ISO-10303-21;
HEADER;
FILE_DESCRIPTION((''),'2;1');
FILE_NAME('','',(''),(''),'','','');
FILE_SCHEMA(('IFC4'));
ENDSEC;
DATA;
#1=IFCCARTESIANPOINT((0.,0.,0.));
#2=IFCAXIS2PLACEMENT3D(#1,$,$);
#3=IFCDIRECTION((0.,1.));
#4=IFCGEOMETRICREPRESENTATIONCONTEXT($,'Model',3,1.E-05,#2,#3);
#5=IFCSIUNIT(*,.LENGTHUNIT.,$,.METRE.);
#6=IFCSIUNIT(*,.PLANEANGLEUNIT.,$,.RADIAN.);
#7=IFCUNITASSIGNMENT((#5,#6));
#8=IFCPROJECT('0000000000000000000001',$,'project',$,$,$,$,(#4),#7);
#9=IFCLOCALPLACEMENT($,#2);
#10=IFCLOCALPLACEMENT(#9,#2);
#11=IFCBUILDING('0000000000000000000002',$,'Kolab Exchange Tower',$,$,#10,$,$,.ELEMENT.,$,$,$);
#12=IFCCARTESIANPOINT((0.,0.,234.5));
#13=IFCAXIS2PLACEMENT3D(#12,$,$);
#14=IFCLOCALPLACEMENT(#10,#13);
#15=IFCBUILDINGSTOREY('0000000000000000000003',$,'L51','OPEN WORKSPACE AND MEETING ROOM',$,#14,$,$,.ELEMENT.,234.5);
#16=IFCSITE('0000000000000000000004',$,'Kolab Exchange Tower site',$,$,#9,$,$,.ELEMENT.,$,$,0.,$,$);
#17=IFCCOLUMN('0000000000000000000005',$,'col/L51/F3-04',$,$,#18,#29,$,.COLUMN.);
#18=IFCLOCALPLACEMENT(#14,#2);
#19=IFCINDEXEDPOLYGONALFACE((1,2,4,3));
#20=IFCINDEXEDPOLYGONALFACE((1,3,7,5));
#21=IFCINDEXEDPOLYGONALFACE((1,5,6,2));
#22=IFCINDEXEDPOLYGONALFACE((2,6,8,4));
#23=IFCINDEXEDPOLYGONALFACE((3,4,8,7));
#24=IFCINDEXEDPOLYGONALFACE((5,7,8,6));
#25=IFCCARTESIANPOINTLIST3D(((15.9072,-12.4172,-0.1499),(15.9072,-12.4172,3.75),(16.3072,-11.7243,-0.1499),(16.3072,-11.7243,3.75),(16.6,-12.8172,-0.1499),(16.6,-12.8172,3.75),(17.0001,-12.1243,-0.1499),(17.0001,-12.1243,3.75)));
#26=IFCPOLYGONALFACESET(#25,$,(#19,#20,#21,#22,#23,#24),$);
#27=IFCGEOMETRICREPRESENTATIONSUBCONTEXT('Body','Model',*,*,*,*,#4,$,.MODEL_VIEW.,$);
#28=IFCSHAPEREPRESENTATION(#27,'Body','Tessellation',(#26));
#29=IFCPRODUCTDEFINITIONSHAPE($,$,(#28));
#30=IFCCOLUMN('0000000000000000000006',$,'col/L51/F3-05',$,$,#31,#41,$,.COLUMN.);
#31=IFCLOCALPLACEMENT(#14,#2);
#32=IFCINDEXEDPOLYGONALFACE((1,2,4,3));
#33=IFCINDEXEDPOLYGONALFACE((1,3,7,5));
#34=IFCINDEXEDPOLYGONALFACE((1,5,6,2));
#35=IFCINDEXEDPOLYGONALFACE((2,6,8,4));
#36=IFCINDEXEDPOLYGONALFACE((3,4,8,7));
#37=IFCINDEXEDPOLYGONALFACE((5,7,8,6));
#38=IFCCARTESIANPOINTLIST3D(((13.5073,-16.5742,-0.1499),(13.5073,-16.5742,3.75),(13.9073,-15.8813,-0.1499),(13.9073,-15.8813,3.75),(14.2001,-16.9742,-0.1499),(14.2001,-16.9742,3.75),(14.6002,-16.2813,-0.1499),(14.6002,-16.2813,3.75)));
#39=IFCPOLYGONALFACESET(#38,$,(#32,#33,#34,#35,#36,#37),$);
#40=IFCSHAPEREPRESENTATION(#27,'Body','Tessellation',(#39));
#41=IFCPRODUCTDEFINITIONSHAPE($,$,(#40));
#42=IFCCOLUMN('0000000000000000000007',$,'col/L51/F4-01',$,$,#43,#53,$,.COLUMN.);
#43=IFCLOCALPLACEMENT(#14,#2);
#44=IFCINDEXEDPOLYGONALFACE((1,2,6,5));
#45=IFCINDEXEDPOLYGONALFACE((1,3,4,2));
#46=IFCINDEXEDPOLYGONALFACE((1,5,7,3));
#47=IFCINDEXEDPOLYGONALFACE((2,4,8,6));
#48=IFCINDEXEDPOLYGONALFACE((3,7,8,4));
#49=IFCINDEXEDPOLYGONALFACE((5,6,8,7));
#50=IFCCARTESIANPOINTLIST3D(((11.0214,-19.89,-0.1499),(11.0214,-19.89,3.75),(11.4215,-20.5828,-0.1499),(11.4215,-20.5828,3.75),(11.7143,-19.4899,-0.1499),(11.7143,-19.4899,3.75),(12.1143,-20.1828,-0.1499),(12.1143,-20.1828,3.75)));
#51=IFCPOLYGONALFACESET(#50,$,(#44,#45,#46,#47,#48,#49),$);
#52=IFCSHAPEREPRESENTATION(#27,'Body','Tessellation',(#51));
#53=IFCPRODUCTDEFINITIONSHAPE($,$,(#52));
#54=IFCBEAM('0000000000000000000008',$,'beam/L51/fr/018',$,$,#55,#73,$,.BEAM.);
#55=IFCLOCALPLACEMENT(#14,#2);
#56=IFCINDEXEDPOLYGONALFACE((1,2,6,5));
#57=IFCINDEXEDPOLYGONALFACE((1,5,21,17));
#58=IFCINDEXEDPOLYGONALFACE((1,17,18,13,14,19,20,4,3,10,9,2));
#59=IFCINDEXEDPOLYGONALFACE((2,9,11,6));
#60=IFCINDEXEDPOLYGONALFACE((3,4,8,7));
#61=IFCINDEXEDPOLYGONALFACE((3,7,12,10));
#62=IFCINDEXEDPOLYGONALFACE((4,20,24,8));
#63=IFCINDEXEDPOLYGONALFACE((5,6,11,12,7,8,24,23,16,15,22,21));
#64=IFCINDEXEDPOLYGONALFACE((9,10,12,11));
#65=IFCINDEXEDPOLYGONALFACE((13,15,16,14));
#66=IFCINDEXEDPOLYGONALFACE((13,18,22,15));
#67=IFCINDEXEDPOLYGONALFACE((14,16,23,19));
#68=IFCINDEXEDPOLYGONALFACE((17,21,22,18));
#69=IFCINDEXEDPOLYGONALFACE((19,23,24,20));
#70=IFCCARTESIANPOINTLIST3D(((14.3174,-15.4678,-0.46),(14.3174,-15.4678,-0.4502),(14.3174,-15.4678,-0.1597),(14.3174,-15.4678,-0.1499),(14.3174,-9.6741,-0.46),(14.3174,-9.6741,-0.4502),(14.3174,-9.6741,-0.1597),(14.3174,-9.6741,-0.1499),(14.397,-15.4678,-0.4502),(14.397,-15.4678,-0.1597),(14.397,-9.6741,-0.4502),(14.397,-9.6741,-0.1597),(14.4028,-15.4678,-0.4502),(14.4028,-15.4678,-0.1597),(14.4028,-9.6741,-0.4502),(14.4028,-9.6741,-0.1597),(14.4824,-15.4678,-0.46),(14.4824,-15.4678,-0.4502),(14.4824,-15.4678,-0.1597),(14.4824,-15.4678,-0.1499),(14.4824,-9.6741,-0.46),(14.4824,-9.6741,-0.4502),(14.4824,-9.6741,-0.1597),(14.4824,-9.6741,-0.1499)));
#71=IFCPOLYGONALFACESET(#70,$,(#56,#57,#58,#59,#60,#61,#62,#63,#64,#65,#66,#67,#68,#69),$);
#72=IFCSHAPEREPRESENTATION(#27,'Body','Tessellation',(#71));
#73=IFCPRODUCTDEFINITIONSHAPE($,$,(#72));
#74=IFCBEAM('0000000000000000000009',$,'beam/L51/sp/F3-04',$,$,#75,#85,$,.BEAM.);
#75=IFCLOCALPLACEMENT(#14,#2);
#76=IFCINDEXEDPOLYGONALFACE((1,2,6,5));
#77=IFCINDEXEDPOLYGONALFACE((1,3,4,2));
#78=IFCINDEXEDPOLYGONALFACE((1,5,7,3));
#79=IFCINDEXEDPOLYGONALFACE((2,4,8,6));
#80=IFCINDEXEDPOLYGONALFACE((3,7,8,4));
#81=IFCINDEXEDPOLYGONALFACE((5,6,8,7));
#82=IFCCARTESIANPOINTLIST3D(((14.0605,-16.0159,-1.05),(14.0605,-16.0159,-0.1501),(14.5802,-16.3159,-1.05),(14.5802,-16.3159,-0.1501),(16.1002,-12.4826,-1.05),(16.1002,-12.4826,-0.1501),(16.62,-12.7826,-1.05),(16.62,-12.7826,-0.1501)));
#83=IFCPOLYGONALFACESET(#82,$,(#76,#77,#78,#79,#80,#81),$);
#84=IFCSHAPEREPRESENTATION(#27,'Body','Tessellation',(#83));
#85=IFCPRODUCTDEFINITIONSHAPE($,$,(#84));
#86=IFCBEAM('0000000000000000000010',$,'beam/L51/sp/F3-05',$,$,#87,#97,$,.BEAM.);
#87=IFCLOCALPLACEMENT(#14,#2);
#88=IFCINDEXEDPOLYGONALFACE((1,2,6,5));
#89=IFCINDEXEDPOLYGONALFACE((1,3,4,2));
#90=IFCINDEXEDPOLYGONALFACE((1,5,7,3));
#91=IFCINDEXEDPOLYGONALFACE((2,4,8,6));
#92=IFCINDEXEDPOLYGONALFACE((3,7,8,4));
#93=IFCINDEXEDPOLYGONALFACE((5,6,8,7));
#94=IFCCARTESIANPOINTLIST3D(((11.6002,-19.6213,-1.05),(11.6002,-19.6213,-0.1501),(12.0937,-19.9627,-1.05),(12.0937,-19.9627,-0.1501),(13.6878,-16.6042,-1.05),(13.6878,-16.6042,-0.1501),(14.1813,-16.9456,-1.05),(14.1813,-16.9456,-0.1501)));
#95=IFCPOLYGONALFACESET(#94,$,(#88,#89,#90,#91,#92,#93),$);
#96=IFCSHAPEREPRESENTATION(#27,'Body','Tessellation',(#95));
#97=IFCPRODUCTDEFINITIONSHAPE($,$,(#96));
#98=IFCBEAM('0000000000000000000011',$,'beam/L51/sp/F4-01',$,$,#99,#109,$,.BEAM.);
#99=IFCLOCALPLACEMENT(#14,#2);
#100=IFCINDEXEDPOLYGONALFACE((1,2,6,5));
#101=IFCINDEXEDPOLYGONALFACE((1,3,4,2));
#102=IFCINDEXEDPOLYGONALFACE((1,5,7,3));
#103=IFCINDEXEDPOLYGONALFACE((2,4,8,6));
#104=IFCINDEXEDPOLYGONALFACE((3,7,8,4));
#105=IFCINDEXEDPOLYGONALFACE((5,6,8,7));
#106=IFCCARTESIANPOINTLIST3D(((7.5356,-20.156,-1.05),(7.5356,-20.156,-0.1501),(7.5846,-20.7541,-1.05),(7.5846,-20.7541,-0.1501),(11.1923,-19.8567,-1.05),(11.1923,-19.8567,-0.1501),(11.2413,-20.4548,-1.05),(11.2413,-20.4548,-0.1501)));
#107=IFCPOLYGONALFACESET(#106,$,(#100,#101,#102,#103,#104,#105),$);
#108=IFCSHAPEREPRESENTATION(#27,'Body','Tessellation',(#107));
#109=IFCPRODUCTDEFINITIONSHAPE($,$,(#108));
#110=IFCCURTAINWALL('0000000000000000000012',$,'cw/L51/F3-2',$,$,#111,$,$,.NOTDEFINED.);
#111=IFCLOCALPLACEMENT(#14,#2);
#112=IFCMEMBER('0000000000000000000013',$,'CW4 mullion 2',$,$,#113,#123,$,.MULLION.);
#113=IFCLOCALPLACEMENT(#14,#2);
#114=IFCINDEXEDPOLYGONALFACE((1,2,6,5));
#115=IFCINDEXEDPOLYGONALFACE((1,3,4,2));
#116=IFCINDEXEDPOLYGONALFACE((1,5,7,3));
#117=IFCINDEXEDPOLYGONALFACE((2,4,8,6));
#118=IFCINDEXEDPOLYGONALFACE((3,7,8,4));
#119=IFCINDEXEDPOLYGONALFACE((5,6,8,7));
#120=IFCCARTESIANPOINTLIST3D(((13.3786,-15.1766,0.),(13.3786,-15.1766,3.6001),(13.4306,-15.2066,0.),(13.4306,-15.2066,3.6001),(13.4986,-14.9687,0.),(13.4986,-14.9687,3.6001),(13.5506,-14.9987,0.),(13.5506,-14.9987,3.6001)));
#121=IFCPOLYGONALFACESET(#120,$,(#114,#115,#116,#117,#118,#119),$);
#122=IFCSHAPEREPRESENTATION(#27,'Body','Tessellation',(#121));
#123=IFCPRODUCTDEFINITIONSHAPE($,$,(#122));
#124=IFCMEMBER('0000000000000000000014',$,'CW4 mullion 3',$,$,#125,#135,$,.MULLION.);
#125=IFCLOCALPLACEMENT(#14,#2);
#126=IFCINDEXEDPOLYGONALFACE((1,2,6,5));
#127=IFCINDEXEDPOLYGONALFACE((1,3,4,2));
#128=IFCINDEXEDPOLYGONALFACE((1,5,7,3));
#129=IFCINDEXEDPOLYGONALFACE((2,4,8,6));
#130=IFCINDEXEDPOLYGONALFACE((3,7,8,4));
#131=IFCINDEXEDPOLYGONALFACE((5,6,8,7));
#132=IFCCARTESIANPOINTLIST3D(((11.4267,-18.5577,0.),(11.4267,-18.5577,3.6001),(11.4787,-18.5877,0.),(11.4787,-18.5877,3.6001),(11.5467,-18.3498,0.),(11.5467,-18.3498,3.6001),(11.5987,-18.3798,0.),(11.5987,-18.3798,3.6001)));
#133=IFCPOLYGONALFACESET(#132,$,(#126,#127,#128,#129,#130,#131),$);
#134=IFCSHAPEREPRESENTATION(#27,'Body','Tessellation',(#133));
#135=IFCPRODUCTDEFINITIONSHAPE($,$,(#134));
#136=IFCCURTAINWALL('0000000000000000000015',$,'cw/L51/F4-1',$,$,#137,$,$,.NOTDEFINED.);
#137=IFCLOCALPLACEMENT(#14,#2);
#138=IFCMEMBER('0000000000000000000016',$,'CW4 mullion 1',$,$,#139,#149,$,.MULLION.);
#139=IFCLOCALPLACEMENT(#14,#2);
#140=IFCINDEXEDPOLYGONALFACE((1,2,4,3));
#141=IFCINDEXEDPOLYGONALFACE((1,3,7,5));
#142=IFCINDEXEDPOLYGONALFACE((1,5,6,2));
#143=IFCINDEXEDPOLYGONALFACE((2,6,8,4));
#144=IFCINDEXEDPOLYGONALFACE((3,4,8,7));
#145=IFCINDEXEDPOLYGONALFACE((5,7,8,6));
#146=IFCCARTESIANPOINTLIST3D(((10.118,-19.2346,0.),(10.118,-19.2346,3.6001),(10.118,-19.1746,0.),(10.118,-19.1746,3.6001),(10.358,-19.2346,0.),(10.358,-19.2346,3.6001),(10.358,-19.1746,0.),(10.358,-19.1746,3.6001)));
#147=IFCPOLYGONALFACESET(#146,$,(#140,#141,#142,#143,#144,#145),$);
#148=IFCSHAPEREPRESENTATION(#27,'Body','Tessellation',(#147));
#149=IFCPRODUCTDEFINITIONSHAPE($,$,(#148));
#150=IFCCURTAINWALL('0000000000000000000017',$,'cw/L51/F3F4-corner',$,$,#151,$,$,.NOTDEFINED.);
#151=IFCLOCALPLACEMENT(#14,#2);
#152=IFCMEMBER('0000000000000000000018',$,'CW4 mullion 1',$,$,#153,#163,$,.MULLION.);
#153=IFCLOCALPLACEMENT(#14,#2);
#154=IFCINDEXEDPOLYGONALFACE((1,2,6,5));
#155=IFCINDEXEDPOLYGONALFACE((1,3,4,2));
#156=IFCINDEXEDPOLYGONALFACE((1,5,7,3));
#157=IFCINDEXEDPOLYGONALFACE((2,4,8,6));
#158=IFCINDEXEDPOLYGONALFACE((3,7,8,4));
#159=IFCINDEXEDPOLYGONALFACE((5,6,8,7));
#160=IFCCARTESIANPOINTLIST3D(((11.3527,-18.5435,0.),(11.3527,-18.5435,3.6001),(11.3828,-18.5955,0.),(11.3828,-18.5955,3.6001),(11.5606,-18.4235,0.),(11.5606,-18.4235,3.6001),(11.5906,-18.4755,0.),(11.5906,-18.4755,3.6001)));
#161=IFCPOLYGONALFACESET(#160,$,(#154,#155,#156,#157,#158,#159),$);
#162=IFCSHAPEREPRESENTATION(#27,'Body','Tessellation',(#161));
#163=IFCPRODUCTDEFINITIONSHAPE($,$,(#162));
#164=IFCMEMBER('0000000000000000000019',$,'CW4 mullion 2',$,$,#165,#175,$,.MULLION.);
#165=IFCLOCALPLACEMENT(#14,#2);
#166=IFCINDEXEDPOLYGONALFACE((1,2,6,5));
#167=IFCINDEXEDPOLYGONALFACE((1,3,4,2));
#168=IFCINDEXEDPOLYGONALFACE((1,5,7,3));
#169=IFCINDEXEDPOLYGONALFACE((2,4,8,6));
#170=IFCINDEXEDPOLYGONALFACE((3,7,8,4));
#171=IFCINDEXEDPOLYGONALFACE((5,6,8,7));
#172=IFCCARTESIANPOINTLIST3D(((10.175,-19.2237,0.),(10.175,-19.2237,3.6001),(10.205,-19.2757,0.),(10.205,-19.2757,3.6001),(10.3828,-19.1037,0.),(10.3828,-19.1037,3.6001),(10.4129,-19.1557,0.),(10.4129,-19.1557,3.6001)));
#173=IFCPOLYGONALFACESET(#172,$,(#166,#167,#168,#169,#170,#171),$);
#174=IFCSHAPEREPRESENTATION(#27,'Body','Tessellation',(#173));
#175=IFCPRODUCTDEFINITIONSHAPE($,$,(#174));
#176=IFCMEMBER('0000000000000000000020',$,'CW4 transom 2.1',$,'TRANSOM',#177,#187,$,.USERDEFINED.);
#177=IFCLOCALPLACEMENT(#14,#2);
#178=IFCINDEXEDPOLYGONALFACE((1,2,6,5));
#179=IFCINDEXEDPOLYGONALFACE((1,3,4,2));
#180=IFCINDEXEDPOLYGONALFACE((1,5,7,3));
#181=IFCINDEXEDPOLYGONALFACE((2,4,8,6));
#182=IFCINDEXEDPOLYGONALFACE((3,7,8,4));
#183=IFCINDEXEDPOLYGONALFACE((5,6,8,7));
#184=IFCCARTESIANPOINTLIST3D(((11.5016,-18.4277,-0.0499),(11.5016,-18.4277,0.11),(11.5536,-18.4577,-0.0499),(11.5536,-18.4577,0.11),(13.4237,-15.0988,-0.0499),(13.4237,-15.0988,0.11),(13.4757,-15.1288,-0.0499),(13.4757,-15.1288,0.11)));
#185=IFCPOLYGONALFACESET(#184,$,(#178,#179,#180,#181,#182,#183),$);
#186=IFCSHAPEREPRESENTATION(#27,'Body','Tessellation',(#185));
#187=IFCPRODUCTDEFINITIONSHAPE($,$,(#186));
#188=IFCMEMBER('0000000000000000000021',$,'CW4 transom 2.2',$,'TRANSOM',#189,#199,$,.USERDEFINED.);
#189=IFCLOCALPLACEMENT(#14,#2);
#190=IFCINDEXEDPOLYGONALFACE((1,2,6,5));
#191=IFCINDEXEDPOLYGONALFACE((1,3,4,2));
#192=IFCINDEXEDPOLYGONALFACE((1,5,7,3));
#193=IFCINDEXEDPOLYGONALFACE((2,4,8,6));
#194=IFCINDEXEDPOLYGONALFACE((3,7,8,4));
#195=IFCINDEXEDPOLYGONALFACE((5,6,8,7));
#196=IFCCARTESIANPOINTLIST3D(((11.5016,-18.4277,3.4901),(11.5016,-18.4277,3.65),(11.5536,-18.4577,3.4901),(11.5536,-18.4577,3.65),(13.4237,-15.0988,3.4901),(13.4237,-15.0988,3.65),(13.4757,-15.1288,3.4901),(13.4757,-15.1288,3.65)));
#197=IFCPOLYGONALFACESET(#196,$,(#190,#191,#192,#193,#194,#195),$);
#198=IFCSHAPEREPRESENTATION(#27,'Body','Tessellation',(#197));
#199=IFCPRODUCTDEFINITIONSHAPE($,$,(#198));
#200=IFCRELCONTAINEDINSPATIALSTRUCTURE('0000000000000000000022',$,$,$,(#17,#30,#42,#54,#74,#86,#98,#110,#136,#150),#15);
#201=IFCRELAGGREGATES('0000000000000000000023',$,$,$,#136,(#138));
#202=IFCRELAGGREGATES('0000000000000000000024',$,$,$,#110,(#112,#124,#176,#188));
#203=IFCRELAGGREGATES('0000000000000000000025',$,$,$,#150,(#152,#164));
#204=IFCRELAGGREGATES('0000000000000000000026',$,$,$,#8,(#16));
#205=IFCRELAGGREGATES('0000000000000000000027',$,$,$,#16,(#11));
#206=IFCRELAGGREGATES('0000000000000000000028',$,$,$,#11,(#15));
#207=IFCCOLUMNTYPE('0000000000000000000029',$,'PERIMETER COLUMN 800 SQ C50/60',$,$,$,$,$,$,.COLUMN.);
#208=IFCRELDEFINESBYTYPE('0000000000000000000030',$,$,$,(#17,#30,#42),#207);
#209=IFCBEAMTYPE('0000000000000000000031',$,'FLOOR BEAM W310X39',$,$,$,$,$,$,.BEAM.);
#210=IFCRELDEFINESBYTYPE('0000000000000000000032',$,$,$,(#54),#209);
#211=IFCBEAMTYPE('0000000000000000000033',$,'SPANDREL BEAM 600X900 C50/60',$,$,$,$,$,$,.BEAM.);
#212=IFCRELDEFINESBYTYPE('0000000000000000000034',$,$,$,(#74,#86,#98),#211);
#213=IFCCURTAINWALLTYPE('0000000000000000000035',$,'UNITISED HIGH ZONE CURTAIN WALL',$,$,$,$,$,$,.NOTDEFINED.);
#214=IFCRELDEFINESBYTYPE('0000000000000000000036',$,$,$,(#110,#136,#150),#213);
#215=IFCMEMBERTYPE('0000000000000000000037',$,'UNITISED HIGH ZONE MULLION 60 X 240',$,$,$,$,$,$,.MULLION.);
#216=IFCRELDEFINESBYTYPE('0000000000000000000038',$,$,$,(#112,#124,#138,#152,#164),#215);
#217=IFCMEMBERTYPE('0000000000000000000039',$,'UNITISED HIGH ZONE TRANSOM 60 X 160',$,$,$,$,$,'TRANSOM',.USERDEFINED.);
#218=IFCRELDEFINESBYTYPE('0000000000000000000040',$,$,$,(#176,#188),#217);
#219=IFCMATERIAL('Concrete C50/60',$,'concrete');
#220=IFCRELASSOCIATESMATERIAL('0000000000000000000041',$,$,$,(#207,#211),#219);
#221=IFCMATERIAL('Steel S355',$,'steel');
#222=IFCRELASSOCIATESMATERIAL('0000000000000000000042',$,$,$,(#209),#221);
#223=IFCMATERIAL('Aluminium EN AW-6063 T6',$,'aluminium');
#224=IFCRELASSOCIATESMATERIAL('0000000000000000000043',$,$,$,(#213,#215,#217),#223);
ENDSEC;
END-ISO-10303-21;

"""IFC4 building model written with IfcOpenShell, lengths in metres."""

from ifc_helpers import new_model, si_unit, direction, frame, origin, origin_2d, place, context, subcontext, project, spatial, rectangle, i_section, extrude, material, material_profile, profile_set, type_object, element, aggregate, save


model = new_model("IFC4")

# Units and contexts
model_context = context("Model", 3, precision=1e-05, world=origin(), true_north=direction((0.0, 1.0)))
body_context = subcontext(model_context, "Body", "Model", "MODEL_VIEW")
ifc_project = project(units=[si_unit("LENGTHUNIT", "METRE"), si_unit("PLANEANGLEUNIT", "RADIAN")], contexts=[model_context])

# Site, building, storey
site_placement = place(None, origin())
site = spatial("IfcSite", under=ifc_project, at=site_placement, Name="Kolab Exchange Tower site", CompositionType="ELEMENT", RefElevation=0.0)
building_placement = place(site_placement, origin())
building = spatial("IfcBuilding", under=site, at=building_placement, Name="Kolab Exchange Tower", CompositionType="ELEMENT")
storey_placement = place(building_placement, frame((0.0, 0.0, 234.5)))
storey = spatial("IfcBuildingStorey", under=building, at=storey_placement, Name="L51", Description="OPEN WORKSPACE AND MEETING ROOM", CompositionType="ELEMENT", Elevation=234.5)

# Columns
ifc_material_1 = material(Name="Concrete C50/60", Category="concrete")
ifc_material_profile_1 = material_profile(ifc_material_1, rectangle(XDim=0.8, YDim=0.8, at=origin_2d()), Name="RC800")
ifc_profile_set_1 = profile_set([ifc_material_profile_1], Name="Concrete C50/60")
column_type = type_object("IfcColumnType", Name="PERIMETER COLUMN 800 SQ C50/60", PredefinedType="COLUMN", material=ifc_profile_set_1)
for number, where, z_axis, x_axis, name in (
    (1, (16.4536, -12.2708, -0.1499), (0.0, 0.0, 1.0), (0.5, 0.866025, 0.0), "col/L51/F3-04"),
    (2, (14.0537, -16.4277, -0.1499), (0.0, 0.0, 1.0), (0.5, 0.866025, 0.0), "col/L51/F3-05"),
    (3, (11.5679, -20.0364, -0.1499), (0.0, 0.0, 1.0), (0.866025, 0.5, 0.0), "col/L51/F4-01"),
):
    element("IfcColumn", number, at=place(storey_placement, frame(where, z_axis=z_axis, x_axis=x_axis)), inside=storey, type_object=column_type, Name=name, PredefinedType="COLUMN", context=body_context, shape_type="SweptSolid", body=[
        extrude(rectangle(XDim=0.8, YDim=0.8, at=origin_2d()), origin(), (0.0, 0.0, 1.0), 3.8999),
    ])

# Beams
ifc_material_2 = material(Name="Steel S355", Category="steel")
ifc_material_profile_2 = material_profile(ifc_material_2, i_section(OverallWidth=0.165, OverallDepth=0.3101, WebThickness=0.0059, FlangeThickness=0.0098, at=origin_2d()), Name="W310X39")
ifc_profile_set_2 = profile_set([ifc_material_profile_2], Name="Steel S355")
beam_type_1 = type_object("IfcBeamType", Name="FLOOR BEAM W310X39", PredefinedType="BEAM", material=ifc_profile_set_2)
beam_1_placement = place(storey_placement, frame((14.3999, -15.4678, -0.3049), z_axis=(0.0, 1.0, 0.0), x_axis=(-1.0, 0.0, 0.0)))
element("IfcBeam", 4, at=beam_1_placement, inside=storey, type_object=beam_type_1, Name="beam/L51/fr/018", PredefinedType="BEAM", context=body_context, shape_type="SweptSolid", body=[
    extrude(i_section(OverallWidth=0.165, OverallDepth=0.3101, WebThickness=0.0059, FlangeThickness=0.0098, at=origin_2d()), origin(), (0.0, 0.0, 1.0), 5.7937),
])
ifc_material_profile_3 = material_profile(ifc_material_1, rectangle(XDim=0.6001, YDim=0.8999, at=origin_2d()), Name="RC600X900")
ifc_profile_set_3 = profile_set([ifc_material_profile_3], Name="Concrete C50/60")
beam_type_2 = type_object("IfcBeamType", Name="SPANDREL BEAM 600X900 C50/60", PredefinedType="BEAM", material=ifc_profile_set_3)
beam_2_placement = place(storey_placement, frame((16.3601, -12.6326, -0.6001), z_axis=(-0.499956, -0.866051, 0.0), x_axis=(0.866051, -0.499956, 0.0)))
element("IfcBeam", 5, at=beam_2_placement, inside=storey, type_object=beam_type_2, Name="beam/L51/sp/F3-04", PredefinedType="BEAM", context=body_context, shape_type="SweptSolid", body=[
    extrude(rectangle(XDim=0.6001, YDim=0.8999, at=origin_2d()), origin(), (0.0, 0.0, 1.0), 4.0798),
])
for number, where, z_axis, x_axis, name in (
    (6, (13.9346, -16.7749, -0.6001), (-0.569006, -0.822334, 0.0), (0.822334, -0.569006, 0.0), "beam/L51/sp/F3-05"),
    (7, (11.2168, -20.1558, -0.6001), (-0.996667, -0.081581, 0.0), (0.081581, -0.996667, 0.0), "beam/L51/sp/F4-01"),
):
    element("IfcBeam", number, at=place(storey_placement, frame(where, z_axis=z_axis, x_axis=x_axis)), inside=storey, type_object=beam_type_2, Name=name, PredefinedType="BEAM", context=body_context, shape_type="SweptSolid", body=[
        extrude(rectangle(XDim=0.6001, YDim=0.8999, at=origin_2d()), origin(), (0.0, 0.0, 1.0), 3.6689),
    ])

# Curtain wall, members
ifc_material_3 = material(Name="Aluminium EN AW-6063 T6", Category="aluminium")
curtain_wall_type = type_object("IfcCurtainWallType", Name="UNITISED HIGH ZONE CURTAIN WALL", PredefinedType="NOTDEFINED", material=ifc_material_3)
curtain_wall_1_placement = place(storey_placement, origin())
curtain_wall_1 = element("IfcCurtainWall", 8, at=curtain_wall_1_placement, inside=storey, type_object=curtain_wall_type, Name="cw/L51/F3-2", PredefinedType="NOTDEFINED")
ifc_material_profile_4 = material_profile(ifc_material_3, rectangle(XDim=0.0601, YDim=0.24, at=origin_2d()), Name="RECT 60X240")
ifc_profile_set_4 = profile_set([ifc_material_profile_4], Name="Aluminium EN AW-6063 T6")
member_type_1 = type_object("IfcMemberType", Name="UNITISED HIGH ZONE MULLION 60 X 240", PredefinedType="MULLION", material=ifc_profile_set_4)
member_1_placement = place(storey_placement, frame((13.4646, -15.0876, 0.0), z_axis=(0.0, 0.0, 1.0), x_axis=(0.866025, -0.5, 0.0)))
member_1 = element("IfcMember", 9, at=member_1_placement, type_object=member_type_1, Name="CW4 mullion 2", PredefinedType="MULLION", context=body_context, shape_type="SweptSolid", body=[
    extrude(rectangle(XDim=0.0601, YDim=0.24, at=origin_2d()), origin(), (0.0, 0.0, 1.0), 3.6001),
])
member_2_placement = place(storey_placement, frame((11.5127, -18.4688, 0.0), z_axis=(0.0, 0.0, 1.0), x_axis=(0.866025, -0.5, 0.0)))
member_2 = element("IfcMember", 10, at=member_2_placement, type_object=member_type_1, Name="CW4 mullion 3", PredefinedType="MULLION", context=body_context, shape_type="SweptSolid", body=[
    extrude(rectangle(XDim=0.0601, YDim=0.24, at=origin_2d()), origin(), (0.0, 0.0, 1.0), 3.6001),
])

# Curtain wall, member
curtain_wall_2_placement = place(storey_placement, origin())
curtain_wall_2 = element("IfcCurtainWall", 11, at=curtain_wall_2_placement, inside=storey, type_object=curtain_wall_type, Name="cw/L51/F4-1", PredefinedType="NOTDEFINED")
member_3_placement = place(storey_placement, frame((10.238, -19.2046, 0.0), z_axis=(0.0, 0.0, 1.0), x_axis=(0.0, -1.0, 0.0)))
member_3 = element("IfcMember", 12, at=member_3_placement, type_object=member_type_1, Name="CW4 mullion 1", PredefinedType="MULLION", context=body_context, shape_type="SweptSolid", body=[
    extrude(rectangle(XDim=0.0601, YDim=0.24, at=origin_2d()), origin(), (0.0, 0.0, 1.0), 3.6001),
])

# Curtain wall, members
curtain_wall_3_placement = place(storey_placement, origin())
curtain_wall_3 = element("IfcCurtainWall", 13, at=curtain_wall_3_placement, inside=storey, type_object=curtain_wall_type, Name="cw/L51/F3F4-corner", PredefinedType="NOTDEFINED")
member_4_placement = place(storey_placement, frame((11.4717, -18.5095, 0.0), z_axis=(0.0, 0.0, 1.0), x_axis=(0.5, -0.866025, 0.0)))
member_4 = element("IfcMember", 14, at=member_4_placement, type_object=member_type_1, Name="CW4 mullion 1", PredefinedType="MULLION", context=body_context, shape_type="SweptSolid", body=[
    extrude(rectangle(XDim=0.0601, YDim=0.24, at=origin_2d()), origin(), (0.0, 0.0, 1.0), 3.6001),
])
member_5_placement = place(storey_placement, frame((10.2939, -19.1897, 0.0), z_axis=(0.0, 0.0, 1.0), x_axis=(0.5, -0.866025, 0.0)))
member_5 = element("IfcMember", 15, at=member_5_placement, type_object=member_type_1, Name="CW4 mullion 2", PredefinedType="MULLION", context=body_context, shape_type="SweptSolid", body=[
    extrude(rectangle(XDim=0.0601, YDim=0.24, at=origin_2d()), origin(), (0.0, 0.0, 1.0), 3.6001),
])

# Members
ifc_material_profile_5 = material_profile(ifc_material_3, rectangle(XDim=0.0601, YDim=0.1599, at=origin_2d()), Name="RECT 60X160")
ifc_profile_set_5 = profile_set([ifc_material_profile_5], Name="Aluminium EN AW-6063 T6")
member_type_2 = type_object("IfcMemberType", Name="UNITISED HIGH ZONE TRANSOM 60 X 160", ElementType="TRANSOM", PredefinedType="USERDEFINED", material=ifc_profile_set_5)
member_6_placement = place(storey_placement, frame((13.4497, -15.1138, 0.03), z_axis=(-0.500039, -0.866003, 0.0), x_axis=(0.866003, -0.500039, 0.0)))
member_6 = element("IfcMember", 16, at=member_6_placement, type_object=member_type_2, Name="CW4 transom 2.1", ObjectType="TRANSOM", PredefinedType="USERDEFINED", context=body_context, shape_type="SweptSolid", body=[
    extrude(rectangle(XDim=0.0601, YDim=0.1599, at=origin_2d()), origin(), (0.0, 0.0, 1.0), 3.844),
])
member_7_placement = place(storey_placement, frame((13.4497, -15.1138, 3.5701), z_axis=(-0.500039, -0.866003, 0.0), x_axis=(0.866003, -0.500039, 0.0)))
member_7 = element("IfcMember", 17, at=member_7_placement, type_object=member_type_2, Name="CW4 transom 2.2", ObjectType="TRANSOM", PredefinedType="USERDEFINED", context=body_context, shape_type="SweptSolid", body=[
    extrude(rectangle(XDim=0.0601, YDim=0.1599, at=origin_2d()), origin(), (0.0, 0.0, 1.0), 3.844),
])
aggregate(curtain_wall_2, [member_3])

aggregate(curtain_wall_1, [member_1, member_2, member_6, member_7])
aggregate(curtain_wall_3, [member_4, member_5])

save(model, "model.ifc")
